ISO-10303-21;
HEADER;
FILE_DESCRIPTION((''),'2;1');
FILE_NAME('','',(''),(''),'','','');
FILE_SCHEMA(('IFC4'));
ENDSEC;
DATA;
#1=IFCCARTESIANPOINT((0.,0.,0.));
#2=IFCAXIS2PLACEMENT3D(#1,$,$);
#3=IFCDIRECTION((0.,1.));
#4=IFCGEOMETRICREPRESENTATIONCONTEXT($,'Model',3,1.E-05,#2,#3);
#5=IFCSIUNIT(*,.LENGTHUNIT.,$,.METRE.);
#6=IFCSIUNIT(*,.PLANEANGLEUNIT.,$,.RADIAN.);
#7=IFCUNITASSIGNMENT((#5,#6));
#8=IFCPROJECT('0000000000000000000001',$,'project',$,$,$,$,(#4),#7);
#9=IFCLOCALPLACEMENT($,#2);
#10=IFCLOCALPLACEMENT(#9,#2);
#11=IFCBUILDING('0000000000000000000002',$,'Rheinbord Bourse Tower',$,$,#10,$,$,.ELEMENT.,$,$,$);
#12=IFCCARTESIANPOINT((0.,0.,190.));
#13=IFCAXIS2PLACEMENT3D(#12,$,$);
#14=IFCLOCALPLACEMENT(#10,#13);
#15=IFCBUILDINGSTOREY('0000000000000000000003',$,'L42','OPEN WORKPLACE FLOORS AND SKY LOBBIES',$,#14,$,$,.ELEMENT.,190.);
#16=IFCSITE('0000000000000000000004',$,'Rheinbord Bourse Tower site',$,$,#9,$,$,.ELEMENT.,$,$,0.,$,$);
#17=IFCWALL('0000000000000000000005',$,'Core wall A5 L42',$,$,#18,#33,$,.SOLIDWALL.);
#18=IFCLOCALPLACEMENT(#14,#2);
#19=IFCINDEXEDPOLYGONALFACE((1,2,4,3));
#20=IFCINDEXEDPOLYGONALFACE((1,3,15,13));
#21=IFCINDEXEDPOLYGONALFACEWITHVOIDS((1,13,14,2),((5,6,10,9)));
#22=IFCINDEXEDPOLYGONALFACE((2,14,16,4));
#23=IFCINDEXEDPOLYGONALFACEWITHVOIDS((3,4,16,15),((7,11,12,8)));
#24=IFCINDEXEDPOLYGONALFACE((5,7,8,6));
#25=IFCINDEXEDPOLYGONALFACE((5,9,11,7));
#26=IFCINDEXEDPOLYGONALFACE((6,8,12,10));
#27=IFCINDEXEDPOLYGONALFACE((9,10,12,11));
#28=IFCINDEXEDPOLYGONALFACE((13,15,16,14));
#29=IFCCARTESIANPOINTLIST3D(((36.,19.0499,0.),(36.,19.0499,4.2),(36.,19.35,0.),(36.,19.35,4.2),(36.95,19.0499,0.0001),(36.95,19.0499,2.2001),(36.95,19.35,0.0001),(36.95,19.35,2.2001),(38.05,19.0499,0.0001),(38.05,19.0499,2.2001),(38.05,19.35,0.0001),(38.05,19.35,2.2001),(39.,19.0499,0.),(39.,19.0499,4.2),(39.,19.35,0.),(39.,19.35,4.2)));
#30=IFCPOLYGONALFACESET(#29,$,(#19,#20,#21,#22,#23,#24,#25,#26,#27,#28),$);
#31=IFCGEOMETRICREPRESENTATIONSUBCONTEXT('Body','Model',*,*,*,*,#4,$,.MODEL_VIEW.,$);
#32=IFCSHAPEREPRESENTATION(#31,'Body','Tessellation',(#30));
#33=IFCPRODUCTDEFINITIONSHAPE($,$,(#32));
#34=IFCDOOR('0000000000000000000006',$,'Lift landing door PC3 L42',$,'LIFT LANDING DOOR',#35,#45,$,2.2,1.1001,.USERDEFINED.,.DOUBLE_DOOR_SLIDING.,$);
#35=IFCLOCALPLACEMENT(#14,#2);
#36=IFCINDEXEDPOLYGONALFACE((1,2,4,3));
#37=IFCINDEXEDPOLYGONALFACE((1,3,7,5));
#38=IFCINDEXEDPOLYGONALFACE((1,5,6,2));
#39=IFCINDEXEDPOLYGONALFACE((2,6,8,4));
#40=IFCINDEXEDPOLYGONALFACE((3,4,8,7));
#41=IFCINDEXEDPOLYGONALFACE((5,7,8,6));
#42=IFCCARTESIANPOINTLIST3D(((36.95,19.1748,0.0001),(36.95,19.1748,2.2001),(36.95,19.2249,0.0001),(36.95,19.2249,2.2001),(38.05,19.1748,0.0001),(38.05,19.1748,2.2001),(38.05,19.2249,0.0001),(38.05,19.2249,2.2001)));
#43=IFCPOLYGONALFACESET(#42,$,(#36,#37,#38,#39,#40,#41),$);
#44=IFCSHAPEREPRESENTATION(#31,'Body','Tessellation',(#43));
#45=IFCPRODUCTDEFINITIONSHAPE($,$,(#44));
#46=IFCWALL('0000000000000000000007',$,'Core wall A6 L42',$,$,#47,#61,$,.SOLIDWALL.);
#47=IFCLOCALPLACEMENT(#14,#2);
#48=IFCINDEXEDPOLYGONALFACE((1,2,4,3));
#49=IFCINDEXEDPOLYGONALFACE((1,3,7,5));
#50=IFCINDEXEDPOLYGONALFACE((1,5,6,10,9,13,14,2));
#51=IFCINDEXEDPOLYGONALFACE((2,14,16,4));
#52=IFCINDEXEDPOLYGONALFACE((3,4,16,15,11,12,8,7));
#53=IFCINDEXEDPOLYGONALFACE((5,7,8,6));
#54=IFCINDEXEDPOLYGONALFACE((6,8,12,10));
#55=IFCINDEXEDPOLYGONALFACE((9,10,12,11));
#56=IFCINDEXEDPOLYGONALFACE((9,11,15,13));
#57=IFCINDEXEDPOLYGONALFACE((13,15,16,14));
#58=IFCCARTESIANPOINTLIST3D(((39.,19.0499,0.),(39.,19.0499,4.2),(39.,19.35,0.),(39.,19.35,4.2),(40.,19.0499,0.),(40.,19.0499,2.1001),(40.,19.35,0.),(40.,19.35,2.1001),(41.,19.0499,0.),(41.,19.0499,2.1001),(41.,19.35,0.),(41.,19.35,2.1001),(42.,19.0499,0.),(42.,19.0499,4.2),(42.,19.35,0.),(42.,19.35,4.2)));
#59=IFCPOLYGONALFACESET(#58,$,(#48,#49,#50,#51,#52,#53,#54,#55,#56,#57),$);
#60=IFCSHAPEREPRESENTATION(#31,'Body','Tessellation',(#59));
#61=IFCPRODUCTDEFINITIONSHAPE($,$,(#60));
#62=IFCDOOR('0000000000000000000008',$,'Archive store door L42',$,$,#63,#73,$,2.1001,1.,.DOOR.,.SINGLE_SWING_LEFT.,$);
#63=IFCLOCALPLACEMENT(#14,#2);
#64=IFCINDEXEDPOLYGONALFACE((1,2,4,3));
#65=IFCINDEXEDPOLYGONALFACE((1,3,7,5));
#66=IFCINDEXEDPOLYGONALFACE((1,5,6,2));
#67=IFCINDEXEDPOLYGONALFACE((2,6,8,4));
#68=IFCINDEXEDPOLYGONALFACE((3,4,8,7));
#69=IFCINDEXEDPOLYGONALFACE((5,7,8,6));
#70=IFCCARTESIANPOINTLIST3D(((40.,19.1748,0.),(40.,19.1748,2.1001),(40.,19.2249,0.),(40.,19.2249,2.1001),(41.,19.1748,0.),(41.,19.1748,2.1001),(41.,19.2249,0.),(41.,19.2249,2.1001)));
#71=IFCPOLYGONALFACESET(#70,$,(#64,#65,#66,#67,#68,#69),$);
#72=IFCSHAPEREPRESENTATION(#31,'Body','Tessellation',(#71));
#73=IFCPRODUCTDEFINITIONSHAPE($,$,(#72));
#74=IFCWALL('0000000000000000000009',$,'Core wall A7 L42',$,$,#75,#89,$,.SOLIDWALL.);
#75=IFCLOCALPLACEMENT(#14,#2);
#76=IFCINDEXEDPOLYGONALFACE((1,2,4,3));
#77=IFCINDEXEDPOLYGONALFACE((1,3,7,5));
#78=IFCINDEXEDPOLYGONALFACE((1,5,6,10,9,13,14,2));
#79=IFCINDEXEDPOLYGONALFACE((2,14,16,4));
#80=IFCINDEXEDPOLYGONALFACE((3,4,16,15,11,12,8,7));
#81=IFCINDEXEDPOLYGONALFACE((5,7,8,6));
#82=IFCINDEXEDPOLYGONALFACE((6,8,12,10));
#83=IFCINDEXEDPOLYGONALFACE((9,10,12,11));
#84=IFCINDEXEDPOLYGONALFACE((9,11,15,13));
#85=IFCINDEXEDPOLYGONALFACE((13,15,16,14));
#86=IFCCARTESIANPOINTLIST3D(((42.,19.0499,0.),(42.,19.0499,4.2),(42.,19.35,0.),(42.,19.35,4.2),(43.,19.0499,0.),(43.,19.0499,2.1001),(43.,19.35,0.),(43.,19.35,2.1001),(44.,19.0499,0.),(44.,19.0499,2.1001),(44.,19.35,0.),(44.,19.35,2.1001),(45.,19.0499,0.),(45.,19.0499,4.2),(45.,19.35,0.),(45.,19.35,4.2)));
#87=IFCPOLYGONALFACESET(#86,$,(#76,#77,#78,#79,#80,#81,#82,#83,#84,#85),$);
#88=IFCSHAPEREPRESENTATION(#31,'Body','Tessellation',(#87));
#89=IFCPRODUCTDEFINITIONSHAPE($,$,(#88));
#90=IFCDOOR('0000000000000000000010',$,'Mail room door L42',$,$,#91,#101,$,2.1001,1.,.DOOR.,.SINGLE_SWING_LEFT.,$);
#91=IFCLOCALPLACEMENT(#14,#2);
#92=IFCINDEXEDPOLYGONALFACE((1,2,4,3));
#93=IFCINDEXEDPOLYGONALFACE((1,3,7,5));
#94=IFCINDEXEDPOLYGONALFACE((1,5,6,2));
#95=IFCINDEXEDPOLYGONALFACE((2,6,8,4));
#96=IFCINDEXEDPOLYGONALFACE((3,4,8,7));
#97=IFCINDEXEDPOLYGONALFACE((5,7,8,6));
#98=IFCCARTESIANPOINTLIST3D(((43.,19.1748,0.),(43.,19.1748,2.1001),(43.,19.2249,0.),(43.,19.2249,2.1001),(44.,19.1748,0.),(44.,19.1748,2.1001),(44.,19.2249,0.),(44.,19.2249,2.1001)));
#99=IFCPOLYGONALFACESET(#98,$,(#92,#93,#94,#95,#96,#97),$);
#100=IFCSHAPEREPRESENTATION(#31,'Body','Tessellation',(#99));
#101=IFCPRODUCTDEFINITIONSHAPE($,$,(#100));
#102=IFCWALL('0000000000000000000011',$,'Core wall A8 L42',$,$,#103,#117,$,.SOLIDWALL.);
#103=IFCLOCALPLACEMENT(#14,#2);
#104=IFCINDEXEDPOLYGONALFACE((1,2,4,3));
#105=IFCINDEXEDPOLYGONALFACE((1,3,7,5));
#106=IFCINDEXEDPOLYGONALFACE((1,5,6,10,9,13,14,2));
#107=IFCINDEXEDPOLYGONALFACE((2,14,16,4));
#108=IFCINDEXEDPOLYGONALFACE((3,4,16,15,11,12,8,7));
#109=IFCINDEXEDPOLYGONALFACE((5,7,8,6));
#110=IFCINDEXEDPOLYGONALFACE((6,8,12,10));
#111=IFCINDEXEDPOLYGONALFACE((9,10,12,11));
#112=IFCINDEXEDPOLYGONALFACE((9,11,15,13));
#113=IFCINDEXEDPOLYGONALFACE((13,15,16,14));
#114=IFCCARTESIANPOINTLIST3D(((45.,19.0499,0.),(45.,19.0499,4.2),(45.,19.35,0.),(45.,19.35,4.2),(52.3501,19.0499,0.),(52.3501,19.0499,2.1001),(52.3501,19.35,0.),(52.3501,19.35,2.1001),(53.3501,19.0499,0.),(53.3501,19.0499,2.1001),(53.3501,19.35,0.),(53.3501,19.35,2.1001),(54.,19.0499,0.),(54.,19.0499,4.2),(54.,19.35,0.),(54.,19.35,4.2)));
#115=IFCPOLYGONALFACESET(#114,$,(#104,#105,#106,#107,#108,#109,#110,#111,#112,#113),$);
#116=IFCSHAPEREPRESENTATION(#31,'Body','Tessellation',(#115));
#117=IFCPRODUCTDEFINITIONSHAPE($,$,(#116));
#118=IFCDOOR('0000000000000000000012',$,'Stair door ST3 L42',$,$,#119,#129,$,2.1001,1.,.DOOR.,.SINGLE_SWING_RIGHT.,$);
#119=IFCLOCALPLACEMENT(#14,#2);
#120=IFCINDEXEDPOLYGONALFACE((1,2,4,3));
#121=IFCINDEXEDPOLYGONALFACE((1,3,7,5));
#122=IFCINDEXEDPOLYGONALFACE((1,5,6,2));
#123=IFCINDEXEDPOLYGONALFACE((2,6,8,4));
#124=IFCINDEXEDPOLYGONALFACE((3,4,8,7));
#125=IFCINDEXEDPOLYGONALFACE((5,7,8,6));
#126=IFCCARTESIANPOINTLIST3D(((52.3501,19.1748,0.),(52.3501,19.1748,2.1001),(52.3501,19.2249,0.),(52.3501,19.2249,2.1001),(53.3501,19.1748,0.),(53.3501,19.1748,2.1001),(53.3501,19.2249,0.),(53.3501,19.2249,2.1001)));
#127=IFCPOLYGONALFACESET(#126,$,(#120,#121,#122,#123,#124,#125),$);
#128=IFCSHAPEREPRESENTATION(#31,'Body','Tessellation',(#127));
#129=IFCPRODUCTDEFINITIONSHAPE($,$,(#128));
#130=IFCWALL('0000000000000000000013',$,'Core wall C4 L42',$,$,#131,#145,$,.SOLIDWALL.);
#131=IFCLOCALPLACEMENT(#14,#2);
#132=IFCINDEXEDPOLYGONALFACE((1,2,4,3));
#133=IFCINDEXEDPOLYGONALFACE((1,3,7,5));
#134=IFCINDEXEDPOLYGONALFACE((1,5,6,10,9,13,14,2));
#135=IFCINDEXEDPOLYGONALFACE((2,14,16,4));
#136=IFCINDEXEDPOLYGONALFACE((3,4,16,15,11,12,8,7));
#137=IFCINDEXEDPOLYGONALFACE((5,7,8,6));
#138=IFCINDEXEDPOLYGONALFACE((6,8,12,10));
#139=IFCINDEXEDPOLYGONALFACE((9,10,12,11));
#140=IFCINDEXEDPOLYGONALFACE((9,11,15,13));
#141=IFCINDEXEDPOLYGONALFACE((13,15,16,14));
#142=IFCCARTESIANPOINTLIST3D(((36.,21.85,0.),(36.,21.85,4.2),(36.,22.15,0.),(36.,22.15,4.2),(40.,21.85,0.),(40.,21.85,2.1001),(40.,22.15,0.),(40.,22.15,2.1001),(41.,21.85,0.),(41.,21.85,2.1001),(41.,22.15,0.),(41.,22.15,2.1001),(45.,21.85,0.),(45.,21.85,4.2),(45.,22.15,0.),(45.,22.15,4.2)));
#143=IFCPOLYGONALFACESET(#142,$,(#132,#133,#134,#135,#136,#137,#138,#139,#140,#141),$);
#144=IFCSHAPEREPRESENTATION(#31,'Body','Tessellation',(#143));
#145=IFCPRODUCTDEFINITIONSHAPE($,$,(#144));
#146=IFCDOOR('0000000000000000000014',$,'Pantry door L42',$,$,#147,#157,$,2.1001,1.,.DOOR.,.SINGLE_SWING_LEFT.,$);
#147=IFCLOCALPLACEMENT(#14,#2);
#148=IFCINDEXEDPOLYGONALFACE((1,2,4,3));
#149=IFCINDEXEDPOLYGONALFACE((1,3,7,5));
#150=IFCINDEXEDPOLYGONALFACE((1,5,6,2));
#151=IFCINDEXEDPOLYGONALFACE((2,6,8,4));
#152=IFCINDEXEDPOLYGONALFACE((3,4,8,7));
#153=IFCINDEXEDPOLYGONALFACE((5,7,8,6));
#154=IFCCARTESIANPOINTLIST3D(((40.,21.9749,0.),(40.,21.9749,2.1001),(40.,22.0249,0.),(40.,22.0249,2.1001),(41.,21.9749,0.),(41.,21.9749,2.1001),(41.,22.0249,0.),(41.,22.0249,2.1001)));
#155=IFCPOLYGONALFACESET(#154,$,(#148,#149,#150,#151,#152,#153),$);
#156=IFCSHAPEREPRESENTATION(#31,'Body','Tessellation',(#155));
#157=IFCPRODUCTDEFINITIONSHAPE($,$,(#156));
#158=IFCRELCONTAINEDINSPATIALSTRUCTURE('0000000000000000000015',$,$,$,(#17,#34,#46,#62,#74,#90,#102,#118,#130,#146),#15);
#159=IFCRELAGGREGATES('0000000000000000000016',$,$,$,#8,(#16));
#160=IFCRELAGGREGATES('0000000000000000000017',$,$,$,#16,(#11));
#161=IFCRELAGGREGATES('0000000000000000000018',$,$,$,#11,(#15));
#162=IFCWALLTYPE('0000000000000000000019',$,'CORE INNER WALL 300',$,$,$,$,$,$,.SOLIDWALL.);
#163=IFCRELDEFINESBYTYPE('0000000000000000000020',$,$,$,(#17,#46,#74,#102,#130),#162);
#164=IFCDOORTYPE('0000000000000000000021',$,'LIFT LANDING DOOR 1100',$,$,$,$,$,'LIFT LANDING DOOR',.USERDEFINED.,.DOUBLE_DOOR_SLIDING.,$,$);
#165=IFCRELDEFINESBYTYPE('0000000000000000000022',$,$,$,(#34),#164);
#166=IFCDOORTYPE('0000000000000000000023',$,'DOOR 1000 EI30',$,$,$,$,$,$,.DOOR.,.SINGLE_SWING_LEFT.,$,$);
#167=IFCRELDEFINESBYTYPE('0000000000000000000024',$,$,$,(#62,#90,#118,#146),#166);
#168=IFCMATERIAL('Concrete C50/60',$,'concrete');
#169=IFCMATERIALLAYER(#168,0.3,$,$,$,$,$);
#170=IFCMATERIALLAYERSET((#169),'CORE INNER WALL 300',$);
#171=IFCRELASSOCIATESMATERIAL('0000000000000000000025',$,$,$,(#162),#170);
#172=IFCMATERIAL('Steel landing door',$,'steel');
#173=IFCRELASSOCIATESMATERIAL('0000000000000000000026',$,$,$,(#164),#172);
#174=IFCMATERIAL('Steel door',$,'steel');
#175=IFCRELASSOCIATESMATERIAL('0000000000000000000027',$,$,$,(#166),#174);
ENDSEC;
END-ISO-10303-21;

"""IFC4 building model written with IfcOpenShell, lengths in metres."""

from ifc_helpers import new_model, si_unit, direction, frame, frame_2d, origin, place, context, subcontext, project, spatial, rectangle, extrude, material, layer, layer_set, type_object, element, fill, save


model = new_model("IFC4")

# Units and contexts
model_context = context("Model", 3, precision=1e-05, world=origin(), true_north=direction((0.0, 1.0)))
body_context = subcontext(model_context, "Body", "Model", "MODEL_VIEW")
ifc_project = project(units=[si_unit("LENGTHUNIT", "METRE"), si_unit("PLANEANGLEUNIT", "RADIAN")], contexts=[model_context])

# Site, building, storey
site_placement = place(None, origin())
site = spatial("IfcSite", under=ifc_project, at=site_placement, Name="Rheinbord Bourse Tower site", CompositionType="ELEMENT", RefElevation=0.0)
building_placement = place(site_placement, origin())
building = spatial("IfcBuilding", under=site, at=building_placement, Name="Rheinbord Bourse Tower", CompositionType="ELEMENT")
storey_placement = place(building_placement, frame((0.0, 0.0, 190.0)))
storey = spatial("IfcBuildingStorey", under=building, at=storey_placement, Name="L42", Description="OPEN WORKPLACE FLOORS AND SKY LOBBIES", CompositionType="ELEMENT", Elevation=190.0)

# Walls, openings, doors
ifc_material_1 = material(Name="Concrete C50/60", Category="concrete")
ifc_layer_1 = layer(ifc_material_1, 0.3)
ifc_layer_set_1 = layer_set([ifc_layer_1], Name="CORE INNER WALL 300")
wall_type_1 = type_object("IfcWallType", Name="CORE INNER WALL 300", PredefinedType="SOLIDWALL", material=ifc_layer_set_1)
wall_1_placement = place(storey_placement, frame((36.0, 19.2, 0.0), z_axis=(0.0, 0.0, 1.0), x_axis=(1.0, 0.0, 0.0)))
wall_1 = element("IfcWall", 1, at=wall_1_placement, inside=storey, type_object=wall_type_1, Name="Core wall A5 L42", PredefinedType="SOLIDWALL", context=body_context, shape_type="SweptSolid", body=[
    extrude(rectangle(XDim=3.0, YDim=0.3, at=frame_2d((1.5, 0.0))), origin(), (0.0, 0.0, 1.0), 4.2),
])
opening_1_placement = place(wall_1_placement, frame((0.95, 0.0, 0.0)))
opening_1 = element("IfcOpeningElement", 2, at=opening_1_placement, cuts=wall_1, PredefinedType="OPENING", context=body_context, shape_type="SweptSolid", body=[
    extrude(rectangle(XDim=1.1001, YDim=2.2, at=frame_2d((0.55, 1.1001))), frame((0.0, 0.1599, 0.0), z_axis=(0.0, -1.0, 0.0), x_axis=(1.0, 0.0, 0.0)), (0.0, 0.0, 1.0), 0.3201),
])
ifc_material_2 = material(Name="Steel landing door", Category="steel")
door_type_1 = type_object("IfcDoorType", Name="LIFT LANDING DOOR 1100", ElementType="LIFT LANDING DOOR", OperationType="DOUBLE_DOOR_SLIDING", PredefinedType="USERDEFINED", material=ifc_material_2)
door_1_placement = place(opening_1_placement, origin())
door_1 = element("IfcDoor", 3, at=door_1_placement, inside=storey, type_object=door_type_1, Name="Lift landing door PC3 L42", ObjectType="LIFT LANDING DOOR", OperationType="DOUBLE_DOOR_SLIDING", OverallHeight=2.2, OverallWidth=1.1001, PredefinedType="USERDEFINED", context=body_context, shape_type="SweptSolid", body=[
    extrude(rectangle(XDim=1.1001, YDim=2.2, at=frame_2d((0.55, 1.1001))), frame((0.0, 0.0249, 0.0), z_axis=(0.0, -1.0, 0.0), x_axis=(1.0, 0.0, 0.0)), (0.0, 0.0, 1.0), 0.05),
])
fill(opening_1, door_1)
wall_2_placement = place(storey_placement, frame((39.0, 19.2, 0.0), z_axis=(0.0, 0.0, 1.0), x_axis=(1.0, 0.0, 0.0)))
wall_2 = element("IfcWall", 4, at=wall_2_placement, inside=storey, type_object=wall_type_1, Name="Core wall A6 L42", PredefinedType="SOLIDWALL", context=body_context, shape_type="SweptSolid", body=[
    extrude(rectangle(XDim=3.0, YDim=0.3, at=frame_2d((1.5, 0.0))), origin(), (0.0, 0.0, 1.0), 4.2),
])
opening_2_placement = place(wall_2_placement, frame((1.0, 0.0, 0.0)))
opening_2 = element("IfcOpeningElement", 5, at=opening_2_placement, cuts=wall_2, PredefinedType="OPENING", context=body_context, shape_type="SweptSolid", body=[
    extrude(rectangle(XDim=1.0, YDim=2.1001, at=frame_2d((0.5, 1.05))), frame((0.0, 0.1599, 0.0), z_axis=(0.0, -1.0, 0.0), x_axis=(1.0, 0.0, 0.0)), (0.0, 0.0, 1.0), 0.3201),
])
ifc_material_3 = material(Name="Steel door", Category="steel")
door_type_2 = type_object("IfcDoorType", Name="DOOR 1000 EI30", OperationType="SINGLE_SWING_LEFT", PredefinedType="DOOR", material=ifc_material_3)
door_2_placement = place(opening_2_placement, origin())
door_2 = element("IfcDoor", 6, at=door_2_placement, inside=storey, type_object=door_type_2, Name="Archive store door L42", OperationType="SINGLE_SWING_LEFT", OverallHeight=2.1001, OverallWidth=1.0, PredefinedType="DOOR", context=body_context, shape_type="SweptSolid", body=[
    extrude(rectangle(XDim=1.0, YDim=2.1001, at=frame_2d((0.5, 1.05))), frame((0.0, 0.0249, 0.0), z_axis=(0.0, -1.0, 0.0), x_axis=(1.0, 0.0, 0.0)), (0.0, 0.0, 1.0), 0.05),
])
fill(opening_2, door_2)
wall_3_placement = place(storey_placement, frame((42.0, 19.2, 0.0), z_axis=(0.0, 0.0, 1.0), x_axis=(1.0, 0.0, 0.0)))
wall_3 = element("IfcWall", 7, at=wall_3_placement, inside=storey, type_object=wall_type_1, Name="Core wall A7 L42", PredefinedType="SOLIDWALL", context=body_context, shape_type="SweptSolid", body=[
    extrude(rectangle(XDim=3.0, YDim=0.3, at=frame_2d((1.5, 0.0))), origin(), (0.0, 0.0, 1.0), 4.2),
])
opening_3_placement = place(wall_3_placement, frame((1.0, 0.0, 0.0)))
opening_3 = element("IfcOpeningElement", 8, at=opening_3_placement, cuts=wall_3, PredefinedType="OPENING", context=body_context, shape_type="SweptSolid", body=[
    extrude(rectangle(XDim=1.0, YDim=2.1001, at=frame_2d((0.5, 1.05))), frame((0.0, 0.1599, 0.0), z_axis=(0.0, -1.0, 0.0), x_axis=(1.0, 0.0, 0.0)), (0.0, 0.0, 1.0), 0.3201),
])
door_3_placement = place(opening_3_placement, origin())
door_3 = element("IfcDoor", 9, at=door_3_placement, inside=storey, type_object=door_type_2, Name="Mail room door L42", OperationType="SINGLE_SWING_LEFT", OverallHeight=2.1001, OverallWidth=1.0, PredefinedType="DOOR", context=body_context, shape_type="SweptSolid", body=[
    extrude(rectangle(XDim=1.0, YDim=2.1001, at=frame_2d((0.5, 1.05))), frame((0.0, 0.0249, 0.0), z_axis=(0.0, -1.0, 0.0), x_axis=(1.0, 0.0, 0.0)), (0.0, 0.0, 1.0), 0.05),
])
fill(opening_3, door_3)
wall_4_placement = place(storey_placement, frame((45.0, 19.2, 0.0), z_axis=(0.0, 0.0, 1.0), x_axis=(1.0, 0.0, 0.0)))
wall_4 = element("IfcWall", 10, at=wall_4_placement, inside=storey, type_object=wall_type_1, Name="Core wall A8 L42", PredefinedType="SOLIDWALL", context=body_context, shape_type="SweptSolid", body=[
    extrude(rectangle(XDim=9.0, YDim=0.3, at=frame_2d((4.5, 0.0))), origin(), (0.0, 0.0, 1.0), 4.2),
])
opening_4_placement = place(wall_4_placement, frame((7.3501, 0.0, 0.0)))
opening_4 = element("IfcOpeningElement", 11, at=opening_4_placement, cuts=wall_4, PredefinedType="OPENING", context=body_context, shape_type="SweptSolid", body=[
    extrude(rectangle(XDim=1.0, YDim=2.1001, at=frame_2d((0.5, 1.05))), frame((0.0, 0.1599, 0.0), z_axis=(0.0, -1.0, 0.0), x_axis=(1.0, 0.0, 0.0)), (0.0, 0.0, 1.0), 0.3201),
])
door_4_placement = place(opening_4_placement, origin())
door_4 = element("IfcDoor", 12, at=door_4_placement, inside=storey, type_object=door_type_2, Name="Stair door ST3 L42", OperationType="SINGLE_SWING_RIGHT", OverallHeight=2.1001, OverallWidth=1.0, PredefinedType="DOOR", context=body_context, shape_type="SweptSolid", body=[
    extrude(rectangle(XDim=1.0, YDim=2.1001, at=frame_2d((0.5, 1.05))), frame((0.0, 0.0249, 0.0), z_axis=(0.0, -1.0, 0.0), x_axis=(1.0, 0.0, 0.0)), (0.0, 0.0, 1.0), 0.05),
])
fill(opening_4, door_4)
wall_5_placement = place(storey_placement, frame((36.0, 22.0, 0.0), z_axis=(0.0, 0.0, 1.0), x_axis=(1.0, 0.0, 0.0)))
wall_5 = element("IfcWall", 13, at=wall_5_placement, inside=storey, type_object=wall_type_1, Name="Core wall C4 L42", PredefinedType="SOLIDWALL", context=body_context, shape_type="SweptSolid", body=[
    extrude(rectangle(XDim=9.0, YDim=0.3, at=frame_2d((4.5, 0.0))), origin(), (0.0, 0.0, 1.0), 4.2),
])
opening_5_placement = place(wall_5_placement, frame((4.0, 0.0, 0.0)))
opening_5 = element("IfcOpeningElement", 14, at=opening_5_placement, cuts=wall_5, PredefinedType="OPENING", context=body_context, shape_type="SweptSolid", body=[
    extrude(rectangle(XDim=1.0, YDim=2.1001, at=frame_2d((0.5, 1.05))), frame((0.0, 0.1599, 0.0), z_axis=(0.0, -1.0, 0.0), x_axis=(1.0, 0.0, 0.0)), (0.0, 0.0, 1.0), 0.3201),
])
door_5_placement = place(opening_5_placement, origin())
door_5 = element("IfcDoor", 15, at=door_5_placement, inside=storey, type_object=door_type_2, Name="Pantry door L42", OperationType="SINGLE_SWING_LEFT", OverallHeight=2.1001, OverallWidth=1.0, PredefinedType="DOOR", context=body_context, shape_type="SweptSolid", body=[
    extrude(rectangle(XDim=1.0, YDim=2.1001, at=frame_2d((0.5, 1.05))), frame((0.0, 0.0249, 0.0), z_axis=(0.0, -1.0, 0.0), x_axis=(1.0, 0.0, 0.0)), (0.0, 0.0, 1.0), 0.05),
])
fill(opening_5, door_5)

save(model, "model.ifc")
